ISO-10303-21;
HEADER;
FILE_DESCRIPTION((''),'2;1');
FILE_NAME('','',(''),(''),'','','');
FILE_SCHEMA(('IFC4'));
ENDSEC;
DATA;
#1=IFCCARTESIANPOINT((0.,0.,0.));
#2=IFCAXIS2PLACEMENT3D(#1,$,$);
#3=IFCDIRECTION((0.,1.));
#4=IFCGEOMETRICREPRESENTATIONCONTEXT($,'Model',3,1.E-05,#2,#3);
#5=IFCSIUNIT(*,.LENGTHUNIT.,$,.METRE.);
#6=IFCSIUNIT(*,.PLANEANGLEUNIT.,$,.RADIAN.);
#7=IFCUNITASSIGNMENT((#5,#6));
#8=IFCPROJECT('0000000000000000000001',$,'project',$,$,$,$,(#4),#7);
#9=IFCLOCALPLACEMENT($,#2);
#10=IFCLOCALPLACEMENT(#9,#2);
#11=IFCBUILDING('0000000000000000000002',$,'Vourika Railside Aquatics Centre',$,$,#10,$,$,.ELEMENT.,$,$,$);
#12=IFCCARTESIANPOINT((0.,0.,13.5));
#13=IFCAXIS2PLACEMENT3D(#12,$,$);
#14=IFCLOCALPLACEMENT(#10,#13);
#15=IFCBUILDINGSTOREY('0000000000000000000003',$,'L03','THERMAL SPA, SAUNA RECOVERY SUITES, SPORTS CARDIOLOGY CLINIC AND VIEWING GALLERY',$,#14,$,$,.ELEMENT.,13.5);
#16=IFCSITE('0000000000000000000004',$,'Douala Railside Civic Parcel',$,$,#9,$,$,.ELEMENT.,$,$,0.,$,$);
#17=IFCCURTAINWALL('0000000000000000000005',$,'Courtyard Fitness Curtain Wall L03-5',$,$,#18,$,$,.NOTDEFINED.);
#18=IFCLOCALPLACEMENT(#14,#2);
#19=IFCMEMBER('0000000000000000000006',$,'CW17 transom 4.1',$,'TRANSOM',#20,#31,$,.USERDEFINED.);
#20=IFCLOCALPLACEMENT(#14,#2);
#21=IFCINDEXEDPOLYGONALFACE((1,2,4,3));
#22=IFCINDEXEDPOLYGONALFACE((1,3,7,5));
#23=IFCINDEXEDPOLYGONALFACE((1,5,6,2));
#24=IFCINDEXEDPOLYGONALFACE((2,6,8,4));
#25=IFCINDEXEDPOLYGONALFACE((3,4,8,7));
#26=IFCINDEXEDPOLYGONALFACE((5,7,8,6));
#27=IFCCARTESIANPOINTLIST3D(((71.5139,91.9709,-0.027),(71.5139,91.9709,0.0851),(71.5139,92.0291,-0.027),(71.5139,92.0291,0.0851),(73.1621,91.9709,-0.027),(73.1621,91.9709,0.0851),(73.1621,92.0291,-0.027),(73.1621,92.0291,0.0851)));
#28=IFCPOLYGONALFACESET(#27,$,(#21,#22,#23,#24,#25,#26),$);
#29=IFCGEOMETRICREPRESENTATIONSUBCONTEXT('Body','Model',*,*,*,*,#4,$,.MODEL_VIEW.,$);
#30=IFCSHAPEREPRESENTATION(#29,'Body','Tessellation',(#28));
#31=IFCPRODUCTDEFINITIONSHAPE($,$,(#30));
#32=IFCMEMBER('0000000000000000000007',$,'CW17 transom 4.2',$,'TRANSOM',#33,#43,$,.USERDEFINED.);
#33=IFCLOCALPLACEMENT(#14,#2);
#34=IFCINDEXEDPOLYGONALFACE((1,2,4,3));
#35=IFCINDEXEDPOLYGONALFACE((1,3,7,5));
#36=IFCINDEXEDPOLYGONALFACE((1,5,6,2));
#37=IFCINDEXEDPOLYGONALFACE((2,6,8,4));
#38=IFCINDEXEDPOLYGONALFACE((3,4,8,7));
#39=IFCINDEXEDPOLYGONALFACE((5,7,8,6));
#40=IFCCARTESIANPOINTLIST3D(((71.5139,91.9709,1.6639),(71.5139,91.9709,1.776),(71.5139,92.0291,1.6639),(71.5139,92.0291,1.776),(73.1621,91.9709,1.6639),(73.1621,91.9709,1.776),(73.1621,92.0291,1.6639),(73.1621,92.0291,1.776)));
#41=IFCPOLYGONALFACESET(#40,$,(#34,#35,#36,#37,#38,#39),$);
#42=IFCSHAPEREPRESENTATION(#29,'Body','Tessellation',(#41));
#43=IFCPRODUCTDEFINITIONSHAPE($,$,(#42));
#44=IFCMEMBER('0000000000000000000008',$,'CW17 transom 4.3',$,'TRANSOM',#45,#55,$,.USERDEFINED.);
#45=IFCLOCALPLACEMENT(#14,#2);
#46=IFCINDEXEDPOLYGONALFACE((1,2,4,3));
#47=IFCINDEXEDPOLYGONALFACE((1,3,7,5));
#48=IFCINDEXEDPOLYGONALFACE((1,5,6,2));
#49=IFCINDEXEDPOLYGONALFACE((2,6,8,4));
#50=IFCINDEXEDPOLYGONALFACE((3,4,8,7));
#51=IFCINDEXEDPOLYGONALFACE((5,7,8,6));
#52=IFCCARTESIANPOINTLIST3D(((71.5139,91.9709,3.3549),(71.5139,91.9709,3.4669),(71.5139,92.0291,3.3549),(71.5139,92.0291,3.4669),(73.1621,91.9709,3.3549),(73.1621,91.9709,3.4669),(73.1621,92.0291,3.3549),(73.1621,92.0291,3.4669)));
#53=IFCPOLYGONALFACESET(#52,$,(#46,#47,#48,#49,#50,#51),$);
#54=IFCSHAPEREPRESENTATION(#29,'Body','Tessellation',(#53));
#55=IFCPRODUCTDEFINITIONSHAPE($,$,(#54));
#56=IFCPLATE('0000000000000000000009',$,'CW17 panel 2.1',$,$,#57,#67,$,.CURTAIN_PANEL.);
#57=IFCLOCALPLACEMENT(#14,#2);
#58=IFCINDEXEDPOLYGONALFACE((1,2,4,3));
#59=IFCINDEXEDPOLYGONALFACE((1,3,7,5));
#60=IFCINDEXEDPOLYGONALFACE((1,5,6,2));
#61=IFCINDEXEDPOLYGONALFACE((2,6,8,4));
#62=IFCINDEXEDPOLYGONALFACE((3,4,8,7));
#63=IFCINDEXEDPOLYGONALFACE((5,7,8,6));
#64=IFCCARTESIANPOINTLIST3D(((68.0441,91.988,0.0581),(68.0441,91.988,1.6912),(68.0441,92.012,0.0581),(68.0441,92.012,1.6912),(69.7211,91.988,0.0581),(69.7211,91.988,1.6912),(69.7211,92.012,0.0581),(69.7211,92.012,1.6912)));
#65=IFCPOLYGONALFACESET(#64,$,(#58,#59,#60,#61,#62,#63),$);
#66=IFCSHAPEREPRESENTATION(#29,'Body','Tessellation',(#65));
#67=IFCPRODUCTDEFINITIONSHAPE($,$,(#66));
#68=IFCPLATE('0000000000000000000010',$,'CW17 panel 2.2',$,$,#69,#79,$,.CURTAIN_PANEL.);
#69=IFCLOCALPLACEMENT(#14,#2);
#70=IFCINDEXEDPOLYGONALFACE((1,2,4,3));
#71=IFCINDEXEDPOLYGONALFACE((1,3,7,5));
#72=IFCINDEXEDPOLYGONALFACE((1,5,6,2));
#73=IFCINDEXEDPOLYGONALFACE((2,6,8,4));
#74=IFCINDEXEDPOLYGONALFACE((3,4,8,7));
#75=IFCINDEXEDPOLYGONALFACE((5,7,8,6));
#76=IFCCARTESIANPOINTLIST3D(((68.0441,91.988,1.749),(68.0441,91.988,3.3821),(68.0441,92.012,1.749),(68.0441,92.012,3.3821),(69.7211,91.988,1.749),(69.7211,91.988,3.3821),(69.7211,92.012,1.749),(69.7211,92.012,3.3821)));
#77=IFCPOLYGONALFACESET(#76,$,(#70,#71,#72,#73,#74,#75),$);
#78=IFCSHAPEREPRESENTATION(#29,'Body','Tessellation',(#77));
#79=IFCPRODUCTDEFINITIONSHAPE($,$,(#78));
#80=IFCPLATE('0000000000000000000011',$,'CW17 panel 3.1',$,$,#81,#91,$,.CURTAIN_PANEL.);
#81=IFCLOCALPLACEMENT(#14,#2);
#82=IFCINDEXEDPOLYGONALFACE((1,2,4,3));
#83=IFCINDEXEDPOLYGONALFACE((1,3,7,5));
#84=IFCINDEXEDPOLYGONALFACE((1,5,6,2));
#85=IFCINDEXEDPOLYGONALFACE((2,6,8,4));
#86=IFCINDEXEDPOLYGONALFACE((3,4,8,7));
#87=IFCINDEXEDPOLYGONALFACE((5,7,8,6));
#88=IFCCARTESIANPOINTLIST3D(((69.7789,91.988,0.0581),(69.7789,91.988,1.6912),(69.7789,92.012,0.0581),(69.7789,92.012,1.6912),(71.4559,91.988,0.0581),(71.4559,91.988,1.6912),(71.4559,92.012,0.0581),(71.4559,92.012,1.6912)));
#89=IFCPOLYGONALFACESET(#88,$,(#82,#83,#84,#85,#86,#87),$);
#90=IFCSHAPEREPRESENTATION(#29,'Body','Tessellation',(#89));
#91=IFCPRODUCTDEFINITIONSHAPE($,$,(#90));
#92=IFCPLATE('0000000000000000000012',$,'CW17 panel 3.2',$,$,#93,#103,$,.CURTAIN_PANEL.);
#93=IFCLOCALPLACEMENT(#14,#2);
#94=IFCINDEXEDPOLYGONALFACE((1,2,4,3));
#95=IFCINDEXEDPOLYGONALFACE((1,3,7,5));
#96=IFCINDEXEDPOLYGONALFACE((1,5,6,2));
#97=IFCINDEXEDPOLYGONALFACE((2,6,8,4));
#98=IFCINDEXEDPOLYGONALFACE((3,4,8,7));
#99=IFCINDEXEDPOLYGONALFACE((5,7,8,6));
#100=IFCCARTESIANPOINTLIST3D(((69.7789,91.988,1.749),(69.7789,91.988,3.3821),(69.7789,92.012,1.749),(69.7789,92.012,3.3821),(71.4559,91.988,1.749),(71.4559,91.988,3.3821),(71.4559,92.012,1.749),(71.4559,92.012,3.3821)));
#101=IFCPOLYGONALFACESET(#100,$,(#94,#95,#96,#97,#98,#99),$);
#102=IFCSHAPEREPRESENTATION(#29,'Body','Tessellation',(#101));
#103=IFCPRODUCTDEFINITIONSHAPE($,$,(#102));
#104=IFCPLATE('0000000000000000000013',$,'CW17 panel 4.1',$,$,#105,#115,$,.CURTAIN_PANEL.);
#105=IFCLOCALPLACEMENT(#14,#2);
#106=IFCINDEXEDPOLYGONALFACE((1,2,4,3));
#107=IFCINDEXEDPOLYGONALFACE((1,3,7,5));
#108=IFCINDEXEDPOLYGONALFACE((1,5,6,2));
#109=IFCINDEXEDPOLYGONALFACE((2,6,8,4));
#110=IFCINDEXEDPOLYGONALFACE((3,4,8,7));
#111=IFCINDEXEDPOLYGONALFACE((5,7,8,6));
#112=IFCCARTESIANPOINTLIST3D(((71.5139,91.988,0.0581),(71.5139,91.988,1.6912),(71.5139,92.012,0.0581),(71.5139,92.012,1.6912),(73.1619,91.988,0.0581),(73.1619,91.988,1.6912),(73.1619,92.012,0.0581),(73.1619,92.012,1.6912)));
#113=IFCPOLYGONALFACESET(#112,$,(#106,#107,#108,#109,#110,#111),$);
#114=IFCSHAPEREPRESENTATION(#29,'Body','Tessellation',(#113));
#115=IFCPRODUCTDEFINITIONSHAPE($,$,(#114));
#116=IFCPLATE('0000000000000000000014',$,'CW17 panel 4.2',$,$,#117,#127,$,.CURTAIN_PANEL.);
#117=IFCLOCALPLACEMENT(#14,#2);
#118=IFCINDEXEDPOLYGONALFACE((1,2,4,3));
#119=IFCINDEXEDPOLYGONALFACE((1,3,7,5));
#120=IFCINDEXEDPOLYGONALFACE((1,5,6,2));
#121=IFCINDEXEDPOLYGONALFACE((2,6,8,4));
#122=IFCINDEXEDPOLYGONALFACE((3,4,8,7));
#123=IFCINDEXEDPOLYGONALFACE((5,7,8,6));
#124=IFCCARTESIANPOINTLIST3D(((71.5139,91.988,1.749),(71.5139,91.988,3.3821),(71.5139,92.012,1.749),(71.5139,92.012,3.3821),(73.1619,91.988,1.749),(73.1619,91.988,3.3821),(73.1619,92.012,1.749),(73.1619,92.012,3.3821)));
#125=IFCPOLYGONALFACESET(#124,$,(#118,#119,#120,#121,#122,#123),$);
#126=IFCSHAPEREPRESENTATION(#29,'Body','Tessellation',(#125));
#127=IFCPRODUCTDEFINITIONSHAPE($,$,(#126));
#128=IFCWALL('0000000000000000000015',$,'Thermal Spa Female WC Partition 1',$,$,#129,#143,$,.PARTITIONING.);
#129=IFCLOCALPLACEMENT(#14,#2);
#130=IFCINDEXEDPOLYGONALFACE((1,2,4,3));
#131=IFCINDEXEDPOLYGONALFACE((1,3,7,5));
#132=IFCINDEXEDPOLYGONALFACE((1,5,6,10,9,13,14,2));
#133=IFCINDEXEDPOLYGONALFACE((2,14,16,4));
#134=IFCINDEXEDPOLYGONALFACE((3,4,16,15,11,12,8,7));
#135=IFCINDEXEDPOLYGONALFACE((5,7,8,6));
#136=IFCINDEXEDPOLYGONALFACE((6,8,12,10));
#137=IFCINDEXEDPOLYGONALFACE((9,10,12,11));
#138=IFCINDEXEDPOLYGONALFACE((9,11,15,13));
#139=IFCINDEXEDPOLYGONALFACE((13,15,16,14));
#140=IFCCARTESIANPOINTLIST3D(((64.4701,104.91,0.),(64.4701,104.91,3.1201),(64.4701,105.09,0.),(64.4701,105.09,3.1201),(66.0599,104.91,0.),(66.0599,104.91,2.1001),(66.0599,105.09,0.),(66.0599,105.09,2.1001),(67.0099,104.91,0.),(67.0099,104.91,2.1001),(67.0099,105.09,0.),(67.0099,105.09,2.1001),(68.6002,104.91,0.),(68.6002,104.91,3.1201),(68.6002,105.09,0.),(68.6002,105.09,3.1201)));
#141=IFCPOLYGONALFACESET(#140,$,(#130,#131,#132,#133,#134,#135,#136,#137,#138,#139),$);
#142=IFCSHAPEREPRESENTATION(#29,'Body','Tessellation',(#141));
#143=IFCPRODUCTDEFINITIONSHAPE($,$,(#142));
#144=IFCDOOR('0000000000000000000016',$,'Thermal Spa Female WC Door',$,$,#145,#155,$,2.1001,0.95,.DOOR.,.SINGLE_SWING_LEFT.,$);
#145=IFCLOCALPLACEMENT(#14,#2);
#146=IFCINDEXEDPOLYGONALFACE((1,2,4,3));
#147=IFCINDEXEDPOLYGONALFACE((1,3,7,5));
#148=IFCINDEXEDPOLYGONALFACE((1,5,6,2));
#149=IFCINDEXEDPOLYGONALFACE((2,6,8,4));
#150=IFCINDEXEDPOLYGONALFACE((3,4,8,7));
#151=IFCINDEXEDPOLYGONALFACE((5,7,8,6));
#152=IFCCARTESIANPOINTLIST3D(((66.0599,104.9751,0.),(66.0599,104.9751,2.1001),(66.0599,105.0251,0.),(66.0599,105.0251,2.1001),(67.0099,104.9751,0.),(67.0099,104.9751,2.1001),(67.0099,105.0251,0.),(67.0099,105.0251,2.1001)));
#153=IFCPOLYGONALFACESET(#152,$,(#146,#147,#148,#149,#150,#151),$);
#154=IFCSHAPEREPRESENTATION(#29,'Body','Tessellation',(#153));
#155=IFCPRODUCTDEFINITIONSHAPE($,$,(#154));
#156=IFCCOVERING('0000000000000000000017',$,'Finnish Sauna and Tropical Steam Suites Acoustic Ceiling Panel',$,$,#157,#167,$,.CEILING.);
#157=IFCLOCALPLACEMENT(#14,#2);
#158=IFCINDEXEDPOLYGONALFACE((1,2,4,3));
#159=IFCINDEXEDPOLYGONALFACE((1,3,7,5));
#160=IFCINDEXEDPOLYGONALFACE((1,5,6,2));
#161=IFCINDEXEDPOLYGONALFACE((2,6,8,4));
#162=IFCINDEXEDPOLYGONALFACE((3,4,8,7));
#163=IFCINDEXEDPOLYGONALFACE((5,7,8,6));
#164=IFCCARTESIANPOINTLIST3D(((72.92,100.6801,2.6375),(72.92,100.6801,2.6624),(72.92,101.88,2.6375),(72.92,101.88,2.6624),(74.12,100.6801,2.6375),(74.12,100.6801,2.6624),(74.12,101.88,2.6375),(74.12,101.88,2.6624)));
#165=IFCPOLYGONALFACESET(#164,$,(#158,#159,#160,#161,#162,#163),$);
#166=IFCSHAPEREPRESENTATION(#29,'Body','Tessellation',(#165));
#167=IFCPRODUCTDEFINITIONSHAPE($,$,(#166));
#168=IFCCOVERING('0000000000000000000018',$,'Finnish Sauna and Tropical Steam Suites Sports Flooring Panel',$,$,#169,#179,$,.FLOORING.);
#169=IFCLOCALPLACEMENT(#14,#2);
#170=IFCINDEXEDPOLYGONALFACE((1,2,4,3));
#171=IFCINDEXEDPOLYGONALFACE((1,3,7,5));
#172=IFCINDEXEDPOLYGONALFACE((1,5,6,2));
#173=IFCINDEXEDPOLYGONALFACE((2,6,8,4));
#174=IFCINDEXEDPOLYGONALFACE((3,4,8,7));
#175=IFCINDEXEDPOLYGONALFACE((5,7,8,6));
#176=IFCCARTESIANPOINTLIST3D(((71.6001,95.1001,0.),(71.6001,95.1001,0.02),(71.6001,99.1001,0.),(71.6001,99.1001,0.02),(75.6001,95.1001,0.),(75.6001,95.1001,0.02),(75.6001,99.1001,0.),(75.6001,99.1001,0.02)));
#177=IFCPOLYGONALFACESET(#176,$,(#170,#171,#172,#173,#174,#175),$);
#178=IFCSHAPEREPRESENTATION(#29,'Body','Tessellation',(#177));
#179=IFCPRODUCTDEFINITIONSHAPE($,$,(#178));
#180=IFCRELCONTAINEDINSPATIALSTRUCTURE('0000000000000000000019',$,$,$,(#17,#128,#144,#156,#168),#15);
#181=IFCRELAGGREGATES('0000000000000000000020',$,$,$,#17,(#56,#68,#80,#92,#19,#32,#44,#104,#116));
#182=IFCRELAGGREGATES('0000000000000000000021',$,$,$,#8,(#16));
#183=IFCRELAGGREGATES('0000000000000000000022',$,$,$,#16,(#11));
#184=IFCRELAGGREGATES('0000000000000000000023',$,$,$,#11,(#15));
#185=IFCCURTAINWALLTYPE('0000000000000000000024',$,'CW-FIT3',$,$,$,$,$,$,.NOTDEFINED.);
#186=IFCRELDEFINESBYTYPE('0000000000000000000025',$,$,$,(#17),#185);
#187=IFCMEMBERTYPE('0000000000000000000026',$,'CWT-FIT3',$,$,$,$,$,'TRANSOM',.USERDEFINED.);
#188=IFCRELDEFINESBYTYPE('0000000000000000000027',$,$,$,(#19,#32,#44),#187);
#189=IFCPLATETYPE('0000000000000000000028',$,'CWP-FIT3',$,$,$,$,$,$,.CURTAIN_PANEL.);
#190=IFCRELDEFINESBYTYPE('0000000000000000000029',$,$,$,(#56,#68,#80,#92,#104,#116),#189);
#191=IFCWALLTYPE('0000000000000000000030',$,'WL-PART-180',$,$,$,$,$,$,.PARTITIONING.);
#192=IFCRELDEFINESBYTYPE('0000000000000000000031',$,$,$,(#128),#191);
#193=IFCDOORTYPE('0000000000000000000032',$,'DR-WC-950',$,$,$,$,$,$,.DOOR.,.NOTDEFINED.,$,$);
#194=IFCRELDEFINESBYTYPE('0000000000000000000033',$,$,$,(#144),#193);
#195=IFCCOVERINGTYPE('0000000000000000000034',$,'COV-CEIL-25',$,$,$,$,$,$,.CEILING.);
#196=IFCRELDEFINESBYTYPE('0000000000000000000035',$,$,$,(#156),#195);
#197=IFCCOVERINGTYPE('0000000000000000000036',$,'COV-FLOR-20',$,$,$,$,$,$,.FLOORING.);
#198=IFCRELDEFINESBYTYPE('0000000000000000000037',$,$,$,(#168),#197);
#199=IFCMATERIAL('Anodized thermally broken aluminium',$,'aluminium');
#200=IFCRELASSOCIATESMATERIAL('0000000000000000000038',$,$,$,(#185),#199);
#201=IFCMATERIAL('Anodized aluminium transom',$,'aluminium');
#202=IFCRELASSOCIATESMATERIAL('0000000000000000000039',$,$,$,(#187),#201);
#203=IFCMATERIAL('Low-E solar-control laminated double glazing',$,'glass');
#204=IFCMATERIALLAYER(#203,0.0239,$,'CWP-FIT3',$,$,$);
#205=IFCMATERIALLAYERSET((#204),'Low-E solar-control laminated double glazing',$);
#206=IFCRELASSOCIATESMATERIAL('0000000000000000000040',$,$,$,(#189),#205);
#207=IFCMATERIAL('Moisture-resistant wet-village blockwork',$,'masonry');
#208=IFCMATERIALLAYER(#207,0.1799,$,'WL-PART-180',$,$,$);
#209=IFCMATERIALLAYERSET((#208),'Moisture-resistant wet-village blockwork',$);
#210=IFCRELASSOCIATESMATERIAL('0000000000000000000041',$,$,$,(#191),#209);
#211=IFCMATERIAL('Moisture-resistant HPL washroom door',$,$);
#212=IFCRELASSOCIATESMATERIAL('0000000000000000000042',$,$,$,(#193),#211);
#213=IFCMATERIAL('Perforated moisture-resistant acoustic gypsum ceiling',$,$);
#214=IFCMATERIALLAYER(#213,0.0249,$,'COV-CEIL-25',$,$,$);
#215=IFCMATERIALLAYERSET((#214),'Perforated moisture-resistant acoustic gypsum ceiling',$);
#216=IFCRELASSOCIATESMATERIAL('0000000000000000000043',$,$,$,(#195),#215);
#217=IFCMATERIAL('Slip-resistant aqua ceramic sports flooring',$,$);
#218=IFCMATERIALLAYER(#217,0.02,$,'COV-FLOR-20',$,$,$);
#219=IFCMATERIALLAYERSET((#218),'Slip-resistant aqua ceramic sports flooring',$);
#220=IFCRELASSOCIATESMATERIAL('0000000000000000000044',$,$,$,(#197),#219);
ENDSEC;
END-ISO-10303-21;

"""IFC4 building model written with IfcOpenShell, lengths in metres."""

from ifc_helpers import new_model, si_unit, direction, frame, frame_2d, origin, origin_2d, place, context, subcontext, project, spatial, rectangle, extrude, material, layer, layer_set, material_profile, profile_set, type_object, element, fill, aggregate, save


model = new_model("IFC4")

# Units and contexts
model_context = context("Model", 3, precision=1e-05, world=origin(), true_north=direction((0.0, 1.0)))
body_context = subcontext(model_context, "Body", "Model", "MODEL_VIEW")
ifc_project = project(units=[si_unit("LENGTHUNIT", "METRE"), si_unit("PLANEANGLEUNIT", "RADIAN")], contexts=[model_context])

# Site, building, storey
site_placement = place(None, origin())
site = spatial("IfcSite", under=ifc_project, at=site_placement, Name="Douala Railside Civic Parcel", CompositionType="ELEMENT", RefElevation=0.0)
building_placement = place(site_placement, origin())
building = spatial("IfcBuilding", under=site, at=building_placement, Name="Vourika Railside Aquatics Centre", CompositionType="ELEMENT")
storey_placement = place(building_placement, frame((0.0, 0.0, 13.5)))
storey = spatial("IfcBuildingStorey", under=building, at=storey_placement, Name="L03", Description="THERMAL SPA, SAUNA RECOVERY SUITES, SPORTS CARDIOLOGY CLINIC AND VIEWING GALLERY", CompositionType="ELEMENT", Elevation=13.5)

# Curtain wall, members, plates
ifc_material_1 = material(Name="Anodized thermally broken aluminium", Category="aluminium")
curtain_wall_type = type_object("IfcCurtainWallType", Name="CW-FIT3", PredefinedType="NOTDEFINED", material=ifc_material_1)
curtain_wall_placement = place(storey_placement, origin())
curtain_wall = element("IfcCurtainWall", 1, at=curtain_wall_placement, inside=storey, type_object=curtain_wall_type, Name="Courtyard Fitness Curtain Wall L03-5", PredefinedType="NOTDEFINED")
ifc_material_2 = material(Name="Anodized aluminium transom", Category="aluminium")
ifc_material_profile_1 = material_profile(ifc_material_2, rectangle(XDim=0.0581, YDim=0.1121, at=origin_2d()), Name="ALU-T 58x112")
ifc_profile_set_1 = profile_set([ifc_material_profile_1], Name="Anodized aluminium transom")
member_type_1 = type_object("IfcMemberType", Name="CWT-FIT3", ElementType="TRANSOM", PredefinedType="USERDEFINED", material=ifc_profile_set_1)
member_1_placement = place(storey_placement, frame((71.5139, 92.0, 0.0291), z_axis=(1.0, 0.0, 0.0), x_axis=(0.0, 1.0, 0.0)))
member_1 = element("IfcMember", 2, at=member_1_placement, type_object=member_type_1, Name="CW17 transom 4.1", ObjectType="TRANSOM", PredefinedType="USERDEFINED", context=body_context, shape_type="SweptSolid", body=[
    extrude(rectangle(XDim=0.0581, YDim=0.1121, at=origin_2d()), origin(), (0.0, 0.0, 1.0), 1.6482),
])
member_2_placement = place(storey_placement, frame((71.5139, 92.0, 1.72), z_axis=(1.0, 0.0, 0.0), x_axis=(0.0, 1.0, 0.0)))
member_2 = element("IfcMember", 3, at=member_2_placement, type_object=member_type_1, Name="CW17 transom 4.2", ObjectType="TRANSOM", PredefinedType="USERDEFINED", context=body_context, shape_type="SweptSolid", body=[
    extrude(rectangle(XDim=0.0581, YDim=0.1121, at=origin_2d()), origin(), (0.0, 0.0, 1.0), 1.6482),
])
member_3_placement = place(storey_placement, frame((71.5139, 92.0, 3.4109), z_axis=(1.0, 0.0, 0.0), x_axis=(0.0, 1.0, 0.0)))
member_3 = element("IfcMember", 4, at=member_3_placement, type_object=member_type_1, Name="CW17 transom 4.3", ObjectType="TRANSOM", PredefinedType="USERDEFINED", context=body_context, shape_type="SweptSolid", body=[
    extrude(rectangle(XDim=0.0581, YDim=0.1121, at=origin_2d()), origin(), (0.0, 0.0, 1.0), 1.6482),
])
ifc_material_3 = material(Name="Low-E solar-control laminated double glazing", Category="glass")
ifc_layer_1 = layer(ifc_material_3, 0.0239, Name="CWP-FIT3")
ifc_layer_set_1 = layer_set([ifc_layer_1], Name="Low-E solar-control laminated double glazing")
plate_type = type_object("IfcPlateType", Name="CWP-FIT3", PredefinedType="CURTAIN_PANEL", material=ifc_layer_set_1)
plate_1_placement = place(storey_placement, frame((68.8826, 92.0, 0.0581), z_axis=(0.0, 0.0, 1.0), x_axis=(1.0, 0.0, 0.0)))
plate_1 = element("IfcPlate", 5, at=plate_1_placement, type_object=plate_type, Name="CW17 panel 2.1", PredefinedType="CURTAIN_PANEL", context=body_context, shape_type="SweptSolid", body=[
    extrude(rectangle(XDim=1.677, YDim=0.0239, at=origin_2d()), origin(), (0.0, 0.0, 1.0), 1.6331),
])
plate_2_placement = place(storey_placement, frame((68.8826, 92.0, 1.749), z_axis=(0.0, 0.0, 1.0), x_axis=(1.0, 0.0, 0.0)))
plate_2 = element("IfcPlate", 6, at=plate_2_placement, type_object=plate_type, Name="CW17 panel 2.2", PredefinedType="CURTAIN_PANEL", context=body_context, shape_type="SweptSolid", body=[
    extrude(rectangle(XDim=1.677, YDim=0.0239, at=origin_2d()), origin(), (0.0, 0.0, 1.0), 1.6331),
])
plate_3_placement = place(storey_placement, frame((70.6174, 92.0, 0.0581), z_axis=(0.0, 0.0, 1.0), x_axis=(1.0, 0.0, 0.0)))
plate_3 = element("IfcPlate", 7, at=plate_3_placement, type_object=plate_type, Name="CW17 panel 3.1", PredefinedType="CURTAIN_PANEL", context=body_context, shape_type="SweptSolid", body=[
    extrude(rectangle(XDim=1.677, YDim=0.0239, at=origin_2d()), origin(), (0.0, 0.0, 1.0), 1.6331),
])
plate_4_placement = place(storey_placement, frame((70.6174, 92.0, 1.749), z_axis=(0.0, 0.0, 1.0), x_axis=(1.0, 0.0, 0.0)))
plate_4 = element("IfcPlate", 8, at=plate_4_placement, type_object=plate_type, Name="CW17 panel 3.2", PredefinedType="CURTAIN_PANEL", context=body_context, shape_type="SweptSolid", body=[
    extrude(rectangle(XDim=1.677, YDim=0.0239, at=origin_2d()), origin(), (0.0, 0.0, 1.0), 1.6331),
])
plate_5_placement = place(storey_placement, frame((72.3379, 92.0, 0.0581), z_axis=(0.0, 0.0, 1.0), x_axis=(1.0, 0.0, 0.0)))
plate_5 = element("IfcPlate", 9, at=plate_5_placement, type_object=plate_type, Name="CW17 panel 4.1", PredefinedType="CURTAIN_PANEL", context=body_context, shape_type="SweptSolid", body=[
    extrude(rectangle(XDim=1.6479, YDim=0.0239, at=origin_2d()), origin(), (0.0, 0.0, 1.0), 1.6331),
])
plate_6_placement = place(storey_placement, frame((72.3379, 92.0, 1.749), z_axis=(0.0, 0.0, 1.0), x_axis=(1.0, 0.0, 0.0)))
plate_6 = element("IfcPlate", 10, at=plate_6_placement, type_object=plate_type, Name="CW17 panel 4.2", PredefinedType="CURTAIN_PANEL", context=body_context, shape_type="SweptSolid", body=[
    extrude(rectangle(XDim=1.6479, YDim=0.0239, at=origin_2d()), origin(), (0.0, 0.0, 1.0), 1.6331),
])
aggregate(curtain_wall, [plate_1, plate_2, plate_3, plate_4, member_1, member_2, member_3, plate_5, plate_6])

# Wall, opening, door
ifc_material_4 = material(Name="Moisture-resistant wet-village blockwork", Category="masonry")
ifc_layer_2 = layer(ifc_material_4, 0.1799, Name="WL-PART-180")
ifc_layer_set_2 = layer_set([ifc_layer_2], Name="Moisture-resistant wet-village blockwork")
wall_type = type_object("IfcWallType", Name="WL-PART-180", PredefinedType="PARTITIONING", material=ifc_layer_set_2)
wall_placement = place(storey_placement, frame((68.6001, 105.0, 0.0), z_axis=(0.0, 0.0, 1.0), x_axis=(-1.0, 0.0, 0.0)))
wall = element("IfcWall", 11, at=wall_placement, inside=storey, type_object=wall_type, Name="Thermal Spa Female WC Partition 1", PredefinedType="PARTITIONING", context=body_context, shape_type="SweptSolid", body=[
    extrude(rectangle(XDim=4.1301, YDim=0.1799, at=frame_2d((2.0649, 0.0))), origin(), (0.0, 0.0, 1.0), 3.1201),
])
opening_placement = place(wall_placement, frame((1.5901, 0.0, 0.0)))
opening = element("IfcOpeningElement", 12, at=opening_placement, cuts=wall, PredefinedType="OPENING", context=body_context, shape_type="SweptSolid", body=[
    extrude(rectangle(XDim=0.95, YDim=2.1001, at=frame_2d((0.4751, 1.05))), frame((0.0, 0.1001, 0.0), z_axis=(0.0, -1.0, 0.0), x_axis=(1.0, 0.0, 0.0)), (0.0, 0.0, 1.0), 0.2),
])
ifc_material_5 = material(Name="Moisture-resistant HPL washroom door")
door_type = type_object("IfcDoorType", Name="DR-WC-950", OperationType="NOTDEFINED", PredefinedType="DOOR", material=ifc_material_5)
door_placement = place(opening_placement, origin())
door = element("IfcDoor", 13, at=door_placement, inside=storey, type_object=door_type, Name="Thermal Spa Female WC Door", OperationType="SINGLE_SWING_LEFT", OverallHeight=2.1001, OverallWidth=0.95, PredefinedType="DOOR", context=body_context, shape_type="SweptSolid", body=[
    extrude(rectangle(XDim=0.95, YDim=2.1001, at=frame_2d((0.4751, 1.05))), frame((0.0, 0.0249, 0.0), z_axis=(0.0, -1.0, 0.0), x_axis=(1.0, 0.0, 0.0)), (0.0, 0.0, 1.0), 0.05),
])
fill(opening, door)

# Coverings
ifc_material_6 = material(Name="Perforated moisture-resistant acoustic gypsum ceiling")
ifc_layer_3 = layer(ifc_material_6, 0.0249, Name="COV-CEIL-25")
ifc_layer_set_3 = layer_set([ifc_layer_3], Name="Perforated moisture-resistant acoustic gypsum ceiling")
covering_type_1 = type_object("IfcCoveringType", Name="COV-CEIL-25", PredefinedType="CEILING", material=ifc_layer_set_3)
covering_1_placement = place(storey_placement, frame((73.52, 101.28, 2.6375), z_axis=(0.0, 0.0, 1.0), x_axis=(1.0, 0.0, 0.0)))
element("IfcCovering", 14, at=covering_1_placement, inside=storey, type_object=covering_type_1, Name="Finnish Sauna and Tropical Steam Suites Acoustic Ceiling Panel", PredefinedType="CEILING", context=body_context, shape_type="SweptSolid", body=[
    extrude(rectangle(XDim=1.2, YDim=1.2, at=origin_2d()), origin(), (0.0, 0.0, 1.0), 0.0249),
])
ifc_material_7 = material(Name="Slip-resistant aqua ceramic sports flooring")
ifc_layer_4 = layer(ifc_material_7, 0.02, Name="COV-FLOR-20")
ifc_layer_set_4 = layer_set([ifc_layer_4], Name="Slip-resistant aqua ceramic sports flooring")
covering_type_2 = type_object("IfcCoveringType", Name="COV-FLOR-20", PredefinedType="FLOORING", material=ifc_layer_set_4)
covering_2_placement = place(storey_placement, frame((73.6001, 97.1001, 0.0), z_axis=(0.0, 0.0, 1.0), x_axis=(1.0, 0.0, 0.0)))
element("IfcCovering", 15, at=covering_2_placement, inside=storey, type_object=covering_type_2, Name="Finnish Sauna and Tropical Steam Suites Sports Flooring Panel", PredefinedType="FLOORING", context=body_context, shape_type="SweptSolid", body=[
    extrude(rectangle(XDim=4.0, YDim=4.0, at=origin_2d()), origin(), (0.0, 0.0, 1.0), 0.02),
])

save(model, "model.ifc")
